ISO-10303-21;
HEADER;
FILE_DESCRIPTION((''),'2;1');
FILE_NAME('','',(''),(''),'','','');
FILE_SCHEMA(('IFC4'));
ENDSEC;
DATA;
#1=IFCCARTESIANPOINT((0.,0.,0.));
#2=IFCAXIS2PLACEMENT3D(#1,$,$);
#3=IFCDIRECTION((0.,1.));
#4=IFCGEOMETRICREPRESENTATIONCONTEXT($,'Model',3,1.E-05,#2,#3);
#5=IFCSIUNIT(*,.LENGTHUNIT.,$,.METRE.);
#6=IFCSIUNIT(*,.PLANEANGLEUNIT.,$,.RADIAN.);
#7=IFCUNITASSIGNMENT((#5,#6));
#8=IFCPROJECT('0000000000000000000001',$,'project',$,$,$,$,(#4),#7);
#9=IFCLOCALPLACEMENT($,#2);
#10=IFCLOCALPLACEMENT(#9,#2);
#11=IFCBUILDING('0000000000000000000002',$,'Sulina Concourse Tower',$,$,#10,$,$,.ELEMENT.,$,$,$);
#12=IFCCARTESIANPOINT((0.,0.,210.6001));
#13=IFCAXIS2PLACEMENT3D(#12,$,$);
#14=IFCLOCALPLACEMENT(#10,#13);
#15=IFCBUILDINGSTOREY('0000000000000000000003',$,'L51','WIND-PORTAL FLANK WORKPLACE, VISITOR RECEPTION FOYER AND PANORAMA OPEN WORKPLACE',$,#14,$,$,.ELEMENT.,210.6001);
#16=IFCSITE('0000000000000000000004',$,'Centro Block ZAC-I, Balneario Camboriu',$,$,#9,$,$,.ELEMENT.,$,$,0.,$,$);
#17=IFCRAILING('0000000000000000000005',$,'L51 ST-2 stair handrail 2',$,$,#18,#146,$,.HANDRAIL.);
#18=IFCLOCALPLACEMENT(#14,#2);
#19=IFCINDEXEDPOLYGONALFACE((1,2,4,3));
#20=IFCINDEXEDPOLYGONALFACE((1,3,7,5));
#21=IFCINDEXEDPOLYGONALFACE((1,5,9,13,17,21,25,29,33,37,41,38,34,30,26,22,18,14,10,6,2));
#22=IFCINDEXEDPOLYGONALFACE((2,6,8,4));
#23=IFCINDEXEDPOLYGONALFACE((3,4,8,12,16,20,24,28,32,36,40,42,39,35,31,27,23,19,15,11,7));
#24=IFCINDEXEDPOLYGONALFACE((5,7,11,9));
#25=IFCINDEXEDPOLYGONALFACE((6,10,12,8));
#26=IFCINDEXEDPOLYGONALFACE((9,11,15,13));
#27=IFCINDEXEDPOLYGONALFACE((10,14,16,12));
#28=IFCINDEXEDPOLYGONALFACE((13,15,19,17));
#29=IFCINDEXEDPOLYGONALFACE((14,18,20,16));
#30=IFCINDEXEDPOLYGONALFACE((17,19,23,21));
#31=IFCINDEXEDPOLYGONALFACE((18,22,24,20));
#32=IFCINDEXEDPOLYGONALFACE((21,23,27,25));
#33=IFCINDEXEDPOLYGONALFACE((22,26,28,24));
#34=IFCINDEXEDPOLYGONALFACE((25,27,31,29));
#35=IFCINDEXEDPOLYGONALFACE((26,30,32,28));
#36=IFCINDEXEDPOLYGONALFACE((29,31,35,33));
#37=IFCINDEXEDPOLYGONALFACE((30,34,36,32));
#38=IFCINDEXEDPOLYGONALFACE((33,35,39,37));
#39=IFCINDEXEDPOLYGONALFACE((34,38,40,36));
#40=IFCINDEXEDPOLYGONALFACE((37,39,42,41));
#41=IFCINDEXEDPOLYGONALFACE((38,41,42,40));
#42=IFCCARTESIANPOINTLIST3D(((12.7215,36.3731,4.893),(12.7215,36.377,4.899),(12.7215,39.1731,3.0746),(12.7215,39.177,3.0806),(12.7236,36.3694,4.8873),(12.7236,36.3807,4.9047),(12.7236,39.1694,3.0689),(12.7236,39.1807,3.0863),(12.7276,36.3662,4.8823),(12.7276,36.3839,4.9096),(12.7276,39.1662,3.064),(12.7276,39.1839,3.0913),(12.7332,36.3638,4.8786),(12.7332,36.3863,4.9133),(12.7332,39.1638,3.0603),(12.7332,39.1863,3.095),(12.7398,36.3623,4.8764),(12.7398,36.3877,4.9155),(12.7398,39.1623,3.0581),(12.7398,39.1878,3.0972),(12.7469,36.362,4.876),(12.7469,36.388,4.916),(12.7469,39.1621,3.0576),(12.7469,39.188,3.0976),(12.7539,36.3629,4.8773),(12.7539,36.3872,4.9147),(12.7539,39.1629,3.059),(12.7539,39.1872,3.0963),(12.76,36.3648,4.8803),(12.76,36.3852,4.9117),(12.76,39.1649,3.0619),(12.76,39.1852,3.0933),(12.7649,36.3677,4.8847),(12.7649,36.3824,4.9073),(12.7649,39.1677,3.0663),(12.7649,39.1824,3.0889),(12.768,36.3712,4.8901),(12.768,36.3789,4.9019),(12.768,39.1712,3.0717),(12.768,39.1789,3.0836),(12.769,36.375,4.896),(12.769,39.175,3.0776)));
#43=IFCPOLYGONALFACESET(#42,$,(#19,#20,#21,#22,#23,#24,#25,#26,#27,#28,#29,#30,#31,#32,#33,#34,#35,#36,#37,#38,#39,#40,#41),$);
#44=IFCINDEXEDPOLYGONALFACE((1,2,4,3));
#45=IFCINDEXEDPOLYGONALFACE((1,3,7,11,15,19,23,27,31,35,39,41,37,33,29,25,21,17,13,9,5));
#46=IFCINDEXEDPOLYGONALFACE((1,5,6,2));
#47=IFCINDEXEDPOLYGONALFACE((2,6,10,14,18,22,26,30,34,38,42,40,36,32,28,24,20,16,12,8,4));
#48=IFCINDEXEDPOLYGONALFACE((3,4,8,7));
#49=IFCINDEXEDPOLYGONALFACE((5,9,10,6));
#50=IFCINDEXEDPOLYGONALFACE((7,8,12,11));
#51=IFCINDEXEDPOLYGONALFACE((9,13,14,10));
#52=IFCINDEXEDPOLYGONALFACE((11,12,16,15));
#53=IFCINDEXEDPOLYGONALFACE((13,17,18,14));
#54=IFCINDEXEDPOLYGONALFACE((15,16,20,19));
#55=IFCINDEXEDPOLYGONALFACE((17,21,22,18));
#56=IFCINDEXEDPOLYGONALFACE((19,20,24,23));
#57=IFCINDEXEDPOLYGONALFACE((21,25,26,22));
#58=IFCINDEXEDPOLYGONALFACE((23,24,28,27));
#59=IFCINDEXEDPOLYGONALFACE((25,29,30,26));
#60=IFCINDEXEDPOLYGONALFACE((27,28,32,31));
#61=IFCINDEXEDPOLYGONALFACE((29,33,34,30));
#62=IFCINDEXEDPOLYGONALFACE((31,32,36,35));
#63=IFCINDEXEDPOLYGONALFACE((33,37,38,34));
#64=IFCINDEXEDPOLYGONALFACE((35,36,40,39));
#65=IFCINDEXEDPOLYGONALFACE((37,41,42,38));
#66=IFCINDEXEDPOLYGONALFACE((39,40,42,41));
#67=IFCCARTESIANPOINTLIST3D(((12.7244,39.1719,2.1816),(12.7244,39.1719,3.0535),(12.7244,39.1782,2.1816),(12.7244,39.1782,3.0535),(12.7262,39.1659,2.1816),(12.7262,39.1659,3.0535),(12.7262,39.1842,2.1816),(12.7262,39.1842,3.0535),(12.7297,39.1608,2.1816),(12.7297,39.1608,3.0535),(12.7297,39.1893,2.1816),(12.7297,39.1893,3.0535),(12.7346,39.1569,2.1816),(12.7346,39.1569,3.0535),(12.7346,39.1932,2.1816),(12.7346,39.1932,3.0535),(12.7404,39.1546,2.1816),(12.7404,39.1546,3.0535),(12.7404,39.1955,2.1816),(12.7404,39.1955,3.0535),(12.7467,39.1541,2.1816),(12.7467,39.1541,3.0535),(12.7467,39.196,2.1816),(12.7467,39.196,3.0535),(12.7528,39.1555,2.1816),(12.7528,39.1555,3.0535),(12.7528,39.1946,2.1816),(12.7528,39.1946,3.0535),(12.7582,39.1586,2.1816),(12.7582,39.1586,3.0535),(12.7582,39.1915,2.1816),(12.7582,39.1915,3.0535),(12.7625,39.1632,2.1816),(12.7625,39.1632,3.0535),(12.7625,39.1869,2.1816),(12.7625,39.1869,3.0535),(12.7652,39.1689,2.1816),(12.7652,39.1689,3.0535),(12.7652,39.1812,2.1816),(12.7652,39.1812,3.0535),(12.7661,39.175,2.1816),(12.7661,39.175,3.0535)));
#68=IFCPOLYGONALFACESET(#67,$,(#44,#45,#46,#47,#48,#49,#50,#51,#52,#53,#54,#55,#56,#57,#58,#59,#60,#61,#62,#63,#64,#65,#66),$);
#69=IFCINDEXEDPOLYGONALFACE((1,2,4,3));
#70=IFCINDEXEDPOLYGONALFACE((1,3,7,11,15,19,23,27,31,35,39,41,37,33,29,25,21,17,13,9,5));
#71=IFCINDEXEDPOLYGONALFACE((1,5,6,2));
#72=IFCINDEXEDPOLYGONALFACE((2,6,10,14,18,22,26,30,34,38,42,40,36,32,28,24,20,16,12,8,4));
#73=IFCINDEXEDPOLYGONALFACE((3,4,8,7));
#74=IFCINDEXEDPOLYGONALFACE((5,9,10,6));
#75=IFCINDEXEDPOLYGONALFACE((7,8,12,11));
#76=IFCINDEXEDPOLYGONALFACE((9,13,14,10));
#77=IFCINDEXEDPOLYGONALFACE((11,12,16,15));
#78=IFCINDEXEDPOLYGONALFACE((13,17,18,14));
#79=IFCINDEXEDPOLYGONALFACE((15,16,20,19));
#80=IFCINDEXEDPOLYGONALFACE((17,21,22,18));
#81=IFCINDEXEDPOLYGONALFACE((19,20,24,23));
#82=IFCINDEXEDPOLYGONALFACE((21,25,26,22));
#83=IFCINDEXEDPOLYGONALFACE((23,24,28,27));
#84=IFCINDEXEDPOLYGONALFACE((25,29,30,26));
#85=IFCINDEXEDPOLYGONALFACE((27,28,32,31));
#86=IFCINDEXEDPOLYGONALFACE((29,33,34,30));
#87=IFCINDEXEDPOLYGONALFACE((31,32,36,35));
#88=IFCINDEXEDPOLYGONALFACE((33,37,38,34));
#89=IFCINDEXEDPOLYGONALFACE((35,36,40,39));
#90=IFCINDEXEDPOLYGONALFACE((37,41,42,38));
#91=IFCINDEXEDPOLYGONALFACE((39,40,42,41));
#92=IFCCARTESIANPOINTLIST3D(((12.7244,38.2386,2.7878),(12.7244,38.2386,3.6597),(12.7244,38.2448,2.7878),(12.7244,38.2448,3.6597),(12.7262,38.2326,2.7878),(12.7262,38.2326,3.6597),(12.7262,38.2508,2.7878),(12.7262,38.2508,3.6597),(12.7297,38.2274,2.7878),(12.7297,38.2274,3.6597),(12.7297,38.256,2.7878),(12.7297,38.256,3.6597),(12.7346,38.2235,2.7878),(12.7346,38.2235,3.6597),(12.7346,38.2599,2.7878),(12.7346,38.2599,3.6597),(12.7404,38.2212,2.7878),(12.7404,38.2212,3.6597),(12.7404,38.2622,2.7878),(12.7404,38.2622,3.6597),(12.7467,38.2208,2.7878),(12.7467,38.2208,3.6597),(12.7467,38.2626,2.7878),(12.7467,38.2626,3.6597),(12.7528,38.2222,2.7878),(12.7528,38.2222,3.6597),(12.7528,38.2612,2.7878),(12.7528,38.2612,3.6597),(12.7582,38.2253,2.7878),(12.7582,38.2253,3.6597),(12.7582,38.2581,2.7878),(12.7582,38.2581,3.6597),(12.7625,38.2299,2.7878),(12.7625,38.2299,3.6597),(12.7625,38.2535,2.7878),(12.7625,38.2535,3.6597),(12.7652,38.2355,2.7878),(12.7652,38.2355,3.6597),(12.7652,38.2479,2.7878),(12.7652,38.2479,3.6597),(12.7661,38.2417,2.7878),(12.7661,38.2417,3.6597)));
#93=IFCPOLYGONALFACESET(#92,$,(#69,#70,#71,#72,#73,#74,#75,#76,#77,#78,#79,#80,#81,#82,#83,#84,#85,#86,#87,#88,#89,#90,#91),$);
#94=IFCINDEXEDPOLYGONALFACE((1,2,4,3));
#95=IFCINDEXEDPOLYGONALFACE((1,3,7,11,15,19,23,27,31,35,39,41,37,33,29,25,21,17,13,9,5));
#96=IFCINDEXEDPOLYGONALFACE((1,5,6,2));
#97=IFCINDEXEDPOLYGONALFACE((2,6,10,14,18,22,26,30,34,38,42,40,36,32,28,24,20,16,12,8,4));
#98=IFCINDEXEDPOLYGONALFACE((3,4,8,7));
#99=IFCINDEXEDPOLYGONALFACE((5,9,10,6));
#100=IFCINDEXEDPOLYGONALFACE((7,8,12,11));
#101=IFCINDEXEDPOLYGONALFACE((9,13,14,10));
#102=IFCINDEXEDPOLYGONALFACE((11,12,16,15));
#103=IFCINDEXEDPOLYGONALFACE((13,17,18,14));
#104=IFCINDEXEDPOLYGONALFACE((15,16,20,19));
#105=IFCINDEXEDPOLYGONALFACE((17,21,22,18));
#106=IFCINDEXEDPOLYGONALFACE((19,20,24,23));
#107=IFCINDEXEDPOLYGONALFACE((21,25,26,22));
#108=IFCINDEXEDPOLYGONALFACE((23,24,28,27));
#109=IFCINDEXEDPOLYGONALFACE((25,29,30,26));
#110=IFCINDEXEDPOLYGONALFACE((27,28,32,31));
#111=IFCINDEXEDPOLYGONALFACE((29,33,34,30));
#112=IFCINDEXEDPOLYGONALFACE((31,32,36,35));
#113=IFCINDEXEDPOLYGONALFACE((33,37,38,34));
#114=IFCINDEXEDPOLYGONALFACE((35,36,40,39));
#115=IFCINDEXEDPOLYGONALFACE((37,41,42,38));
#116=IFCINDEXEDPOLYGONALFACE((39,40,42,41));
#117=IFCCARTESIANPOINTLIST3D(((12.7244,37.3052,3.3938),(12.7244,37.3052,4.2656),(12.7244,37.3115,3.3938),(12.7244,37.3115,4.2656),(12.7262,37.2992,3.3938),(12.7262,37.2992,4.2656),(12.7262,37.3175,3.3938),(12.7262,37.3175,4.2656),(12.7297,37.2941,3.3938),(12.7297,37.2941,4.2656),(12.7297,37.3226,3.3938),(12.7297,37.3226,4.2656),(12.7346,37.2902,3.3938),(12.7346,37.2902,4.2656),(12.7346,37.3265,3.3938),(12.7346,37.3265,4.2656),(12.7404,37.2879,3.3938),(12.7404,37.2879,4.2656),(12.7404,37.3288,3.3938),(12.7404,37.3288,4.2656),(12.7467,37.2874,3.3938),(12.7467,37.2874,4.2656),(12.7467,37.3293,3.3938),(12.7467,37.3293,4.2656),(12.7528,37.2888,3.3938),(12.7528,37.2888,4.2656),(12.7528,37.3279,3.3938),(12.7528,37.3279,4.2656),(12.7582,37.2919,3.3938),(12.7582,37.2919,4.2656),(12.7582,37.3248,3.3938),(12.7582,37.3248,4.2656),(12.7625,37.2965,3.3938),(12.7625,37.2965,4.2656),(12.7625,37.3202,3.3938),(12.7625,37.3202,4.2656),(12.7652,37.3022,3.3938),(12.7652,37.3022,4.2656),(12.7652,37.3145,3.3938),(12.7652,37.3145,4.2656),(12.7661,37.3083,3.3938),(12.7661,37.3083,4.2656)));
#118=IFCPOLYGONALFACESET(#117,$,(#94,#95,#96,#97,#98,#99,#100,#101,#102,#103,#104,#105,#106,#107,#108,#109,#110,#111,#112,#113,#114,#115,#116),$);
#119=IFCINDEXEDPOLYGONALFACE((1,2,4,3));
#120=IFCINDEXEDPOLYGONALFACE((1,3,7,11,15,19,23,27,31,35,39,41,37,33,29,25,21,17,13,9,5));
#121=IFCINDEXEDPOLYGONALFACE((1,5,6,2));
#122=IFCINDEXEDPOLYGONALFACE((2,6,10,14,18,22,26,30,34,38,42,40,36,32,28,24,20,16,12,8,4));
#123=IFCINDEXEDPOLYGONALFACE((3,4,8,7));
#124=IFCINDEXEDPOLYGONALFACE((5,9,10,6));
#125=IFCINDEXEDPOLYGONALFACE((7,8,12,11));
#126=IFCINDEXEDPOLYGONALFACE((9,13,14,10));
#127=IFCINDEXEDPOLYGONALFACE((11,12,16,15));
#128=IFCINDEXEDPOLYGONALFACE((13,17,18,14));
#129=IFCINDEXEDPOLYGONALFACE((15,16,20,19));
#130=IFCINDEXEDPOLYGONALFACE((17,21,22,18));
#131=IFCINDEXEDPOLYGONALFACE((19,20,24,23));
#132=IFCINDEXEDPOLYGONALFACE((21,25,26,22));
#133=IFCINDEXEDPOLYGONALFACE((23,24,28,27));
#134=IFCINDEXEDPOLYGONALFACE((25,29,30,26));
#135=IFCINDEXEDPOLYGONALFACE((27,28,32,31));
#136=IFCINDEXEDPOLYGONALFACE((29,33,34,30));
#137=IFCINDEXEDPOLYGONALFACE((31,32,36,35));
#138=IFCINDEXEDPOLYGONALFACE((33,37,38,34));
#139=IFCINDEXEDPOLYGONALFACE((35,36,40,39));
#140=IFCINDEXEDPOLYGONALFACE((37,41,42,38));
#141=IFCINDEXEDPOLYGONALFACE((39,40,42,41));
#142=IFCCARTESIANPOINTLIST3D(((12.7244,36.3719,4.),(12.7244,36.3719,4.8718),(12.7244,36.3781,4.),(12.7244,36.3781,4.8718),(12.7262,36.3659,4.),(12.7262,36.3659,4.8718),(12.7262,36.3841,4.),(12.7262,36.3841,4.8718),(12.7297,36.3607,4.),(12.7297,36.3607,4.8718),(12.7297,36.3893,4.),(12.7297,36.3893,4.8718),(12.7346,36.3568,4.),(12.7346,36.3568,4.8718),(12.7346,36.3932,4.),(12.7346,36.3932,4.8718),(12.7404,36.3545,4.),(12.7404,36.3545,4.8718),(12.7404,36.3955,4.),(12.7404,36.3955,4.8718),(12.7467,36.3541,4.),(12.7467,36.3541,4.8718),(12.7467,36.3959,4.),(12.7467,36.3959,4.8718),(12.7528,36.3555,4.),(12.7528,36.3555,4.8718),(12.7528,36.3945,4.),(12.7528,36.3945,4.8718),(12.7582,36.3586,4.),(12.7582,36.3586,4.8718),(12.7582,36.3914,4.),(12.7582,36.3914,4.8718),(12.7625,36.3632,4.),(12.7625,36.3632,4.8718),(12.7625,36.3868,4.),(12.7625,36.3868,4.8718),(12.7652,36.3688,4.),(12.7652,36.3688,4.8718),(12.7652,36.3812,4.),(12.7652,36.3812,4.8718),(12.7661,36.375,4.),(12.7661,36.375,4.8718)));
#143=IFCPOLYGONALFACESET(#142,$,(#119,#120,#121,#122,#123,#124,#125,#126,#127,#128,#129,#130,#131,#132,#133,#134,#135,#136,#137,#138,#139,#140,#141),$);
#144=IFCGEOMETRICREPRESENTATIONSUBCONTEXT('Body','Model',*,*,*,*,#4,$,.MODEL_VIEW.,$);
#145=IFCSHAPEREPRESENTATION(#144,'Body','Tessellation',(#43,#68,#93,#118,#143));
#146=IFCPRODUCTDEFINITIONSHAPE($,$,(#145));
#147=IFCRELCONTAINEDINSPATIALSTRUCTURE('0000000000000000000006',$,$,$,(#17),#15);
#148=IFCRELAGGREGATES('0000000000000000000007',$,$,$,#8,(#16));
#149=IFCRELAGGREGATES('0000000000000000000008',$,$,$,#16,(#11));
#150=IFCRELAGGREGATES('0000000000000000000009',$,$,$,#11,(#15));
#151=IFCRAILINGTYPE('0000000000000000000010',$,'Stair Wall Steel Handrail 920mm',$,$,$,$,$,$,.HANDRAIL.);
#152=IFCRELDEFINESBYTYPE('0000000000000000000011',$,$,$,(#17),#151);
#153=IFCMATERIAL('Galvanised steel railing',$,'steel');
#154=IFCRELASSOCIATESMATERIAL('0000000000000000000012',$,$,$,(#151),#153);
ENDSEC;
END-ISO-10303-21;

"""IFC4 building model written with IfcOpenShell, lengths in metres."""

from ifc_helpers import new_model, si_unit, direction, frame, origin, origin_2d, place, context, subcontext, project, spatial, circle, extrude, material, type_object, element, save


model = new_model("IFC4")

# Units and contexts
model_context = context("Model", 3, precision=1e-05, world=origin(), true_north=direction((0.0, 1.0)))
body_context = subcontext(model_context, "Body", "Model", "MODEL_VIEW")
ifc_project = project(units=[si_unit("LENGTHUNIT", "METRE"), si_unit("PLANEANGLEUNIT", "RADIAN")], contexts=[model_context])

# Site, building, storey
site_placement = place(None, origin())
site = spatial("IfcSite", under=ifc_project, at=site_placement, Name="Centro Block ZAC-I, Balneario Camboriu", CompositionType="ELEMENT", RefElevation=0.0)
building_placement = place(site_placement, origin())
building = spatial("IfcBuilding", under=site, at=building_placement, Name="Sulina Concourse Tower", CompositionType="ELEMENT")
storey_placement = place(building_placement, frame((0.0, 0.0, 210.6001)))
storey = spatial("IfcBuildingStorey", under=building, at=storey_placement, Name="L51", Description="WIND-PORTAL FLANK WORKPLACE, VISITOR RECEPTION FOYER AND PANORAMA OPEN WORKPLACE", CompositionType="ELEMENT", Elevation=210.6001)

# Railing
ifc_material_1 = material(Name="Galvanised steel railing", Category="steel")
railing_type_1 = type_object("IfcRailingType", Name="Stair Wall Steel Handrail 920mm", PredefinedType="HANDRAIL", material=ifc_material_1)
railing_1_placement = place(storey_placement, frame((12.7451, 39.175, 2.1816)))
element("IfcRailing", 1, at=railing_1_placement, inside=storey, type_object=railing_type_1, Name="L51 ST-2 stair handrail 2", PredefinedType="HANDRAIL", context=body_context, shape_type="SweptSolid", body=[
    extrude(circle(Radius=0.0239, at=origin_2d()), frame((0.0, 0.0, 0.896), z_axis=(0.0, -0.838672, 0.544636), x_axis=(1.0, 0.0, 0.0)), (0.0, 0.0, 1.0), 3.3386),
    extrude(circle(Radius=0.021, at=origin_2d()), origin(), (0.0, 0.0, 1.0), 0.8718),
    extrude(circle(Radius=0.021, at=origin_2d()), frame((0.0, -0.9333, 0.6062)), (0.0, 0.0, 1.0), 0.8718),
    extrude(circle(Radius=0.021, at=origin_2d()), frame((0.0, -1.8667, 1.2122)), (0.0, 0.0, 1.0), 0.8718),
    extrude(circle(Radius=0.021, at=origin_2d()), frame((0.0, -2.8, 1.8184)), (0.0, 0.0, 1.0), 0.8718),
])

save(model, "model.ifc")
